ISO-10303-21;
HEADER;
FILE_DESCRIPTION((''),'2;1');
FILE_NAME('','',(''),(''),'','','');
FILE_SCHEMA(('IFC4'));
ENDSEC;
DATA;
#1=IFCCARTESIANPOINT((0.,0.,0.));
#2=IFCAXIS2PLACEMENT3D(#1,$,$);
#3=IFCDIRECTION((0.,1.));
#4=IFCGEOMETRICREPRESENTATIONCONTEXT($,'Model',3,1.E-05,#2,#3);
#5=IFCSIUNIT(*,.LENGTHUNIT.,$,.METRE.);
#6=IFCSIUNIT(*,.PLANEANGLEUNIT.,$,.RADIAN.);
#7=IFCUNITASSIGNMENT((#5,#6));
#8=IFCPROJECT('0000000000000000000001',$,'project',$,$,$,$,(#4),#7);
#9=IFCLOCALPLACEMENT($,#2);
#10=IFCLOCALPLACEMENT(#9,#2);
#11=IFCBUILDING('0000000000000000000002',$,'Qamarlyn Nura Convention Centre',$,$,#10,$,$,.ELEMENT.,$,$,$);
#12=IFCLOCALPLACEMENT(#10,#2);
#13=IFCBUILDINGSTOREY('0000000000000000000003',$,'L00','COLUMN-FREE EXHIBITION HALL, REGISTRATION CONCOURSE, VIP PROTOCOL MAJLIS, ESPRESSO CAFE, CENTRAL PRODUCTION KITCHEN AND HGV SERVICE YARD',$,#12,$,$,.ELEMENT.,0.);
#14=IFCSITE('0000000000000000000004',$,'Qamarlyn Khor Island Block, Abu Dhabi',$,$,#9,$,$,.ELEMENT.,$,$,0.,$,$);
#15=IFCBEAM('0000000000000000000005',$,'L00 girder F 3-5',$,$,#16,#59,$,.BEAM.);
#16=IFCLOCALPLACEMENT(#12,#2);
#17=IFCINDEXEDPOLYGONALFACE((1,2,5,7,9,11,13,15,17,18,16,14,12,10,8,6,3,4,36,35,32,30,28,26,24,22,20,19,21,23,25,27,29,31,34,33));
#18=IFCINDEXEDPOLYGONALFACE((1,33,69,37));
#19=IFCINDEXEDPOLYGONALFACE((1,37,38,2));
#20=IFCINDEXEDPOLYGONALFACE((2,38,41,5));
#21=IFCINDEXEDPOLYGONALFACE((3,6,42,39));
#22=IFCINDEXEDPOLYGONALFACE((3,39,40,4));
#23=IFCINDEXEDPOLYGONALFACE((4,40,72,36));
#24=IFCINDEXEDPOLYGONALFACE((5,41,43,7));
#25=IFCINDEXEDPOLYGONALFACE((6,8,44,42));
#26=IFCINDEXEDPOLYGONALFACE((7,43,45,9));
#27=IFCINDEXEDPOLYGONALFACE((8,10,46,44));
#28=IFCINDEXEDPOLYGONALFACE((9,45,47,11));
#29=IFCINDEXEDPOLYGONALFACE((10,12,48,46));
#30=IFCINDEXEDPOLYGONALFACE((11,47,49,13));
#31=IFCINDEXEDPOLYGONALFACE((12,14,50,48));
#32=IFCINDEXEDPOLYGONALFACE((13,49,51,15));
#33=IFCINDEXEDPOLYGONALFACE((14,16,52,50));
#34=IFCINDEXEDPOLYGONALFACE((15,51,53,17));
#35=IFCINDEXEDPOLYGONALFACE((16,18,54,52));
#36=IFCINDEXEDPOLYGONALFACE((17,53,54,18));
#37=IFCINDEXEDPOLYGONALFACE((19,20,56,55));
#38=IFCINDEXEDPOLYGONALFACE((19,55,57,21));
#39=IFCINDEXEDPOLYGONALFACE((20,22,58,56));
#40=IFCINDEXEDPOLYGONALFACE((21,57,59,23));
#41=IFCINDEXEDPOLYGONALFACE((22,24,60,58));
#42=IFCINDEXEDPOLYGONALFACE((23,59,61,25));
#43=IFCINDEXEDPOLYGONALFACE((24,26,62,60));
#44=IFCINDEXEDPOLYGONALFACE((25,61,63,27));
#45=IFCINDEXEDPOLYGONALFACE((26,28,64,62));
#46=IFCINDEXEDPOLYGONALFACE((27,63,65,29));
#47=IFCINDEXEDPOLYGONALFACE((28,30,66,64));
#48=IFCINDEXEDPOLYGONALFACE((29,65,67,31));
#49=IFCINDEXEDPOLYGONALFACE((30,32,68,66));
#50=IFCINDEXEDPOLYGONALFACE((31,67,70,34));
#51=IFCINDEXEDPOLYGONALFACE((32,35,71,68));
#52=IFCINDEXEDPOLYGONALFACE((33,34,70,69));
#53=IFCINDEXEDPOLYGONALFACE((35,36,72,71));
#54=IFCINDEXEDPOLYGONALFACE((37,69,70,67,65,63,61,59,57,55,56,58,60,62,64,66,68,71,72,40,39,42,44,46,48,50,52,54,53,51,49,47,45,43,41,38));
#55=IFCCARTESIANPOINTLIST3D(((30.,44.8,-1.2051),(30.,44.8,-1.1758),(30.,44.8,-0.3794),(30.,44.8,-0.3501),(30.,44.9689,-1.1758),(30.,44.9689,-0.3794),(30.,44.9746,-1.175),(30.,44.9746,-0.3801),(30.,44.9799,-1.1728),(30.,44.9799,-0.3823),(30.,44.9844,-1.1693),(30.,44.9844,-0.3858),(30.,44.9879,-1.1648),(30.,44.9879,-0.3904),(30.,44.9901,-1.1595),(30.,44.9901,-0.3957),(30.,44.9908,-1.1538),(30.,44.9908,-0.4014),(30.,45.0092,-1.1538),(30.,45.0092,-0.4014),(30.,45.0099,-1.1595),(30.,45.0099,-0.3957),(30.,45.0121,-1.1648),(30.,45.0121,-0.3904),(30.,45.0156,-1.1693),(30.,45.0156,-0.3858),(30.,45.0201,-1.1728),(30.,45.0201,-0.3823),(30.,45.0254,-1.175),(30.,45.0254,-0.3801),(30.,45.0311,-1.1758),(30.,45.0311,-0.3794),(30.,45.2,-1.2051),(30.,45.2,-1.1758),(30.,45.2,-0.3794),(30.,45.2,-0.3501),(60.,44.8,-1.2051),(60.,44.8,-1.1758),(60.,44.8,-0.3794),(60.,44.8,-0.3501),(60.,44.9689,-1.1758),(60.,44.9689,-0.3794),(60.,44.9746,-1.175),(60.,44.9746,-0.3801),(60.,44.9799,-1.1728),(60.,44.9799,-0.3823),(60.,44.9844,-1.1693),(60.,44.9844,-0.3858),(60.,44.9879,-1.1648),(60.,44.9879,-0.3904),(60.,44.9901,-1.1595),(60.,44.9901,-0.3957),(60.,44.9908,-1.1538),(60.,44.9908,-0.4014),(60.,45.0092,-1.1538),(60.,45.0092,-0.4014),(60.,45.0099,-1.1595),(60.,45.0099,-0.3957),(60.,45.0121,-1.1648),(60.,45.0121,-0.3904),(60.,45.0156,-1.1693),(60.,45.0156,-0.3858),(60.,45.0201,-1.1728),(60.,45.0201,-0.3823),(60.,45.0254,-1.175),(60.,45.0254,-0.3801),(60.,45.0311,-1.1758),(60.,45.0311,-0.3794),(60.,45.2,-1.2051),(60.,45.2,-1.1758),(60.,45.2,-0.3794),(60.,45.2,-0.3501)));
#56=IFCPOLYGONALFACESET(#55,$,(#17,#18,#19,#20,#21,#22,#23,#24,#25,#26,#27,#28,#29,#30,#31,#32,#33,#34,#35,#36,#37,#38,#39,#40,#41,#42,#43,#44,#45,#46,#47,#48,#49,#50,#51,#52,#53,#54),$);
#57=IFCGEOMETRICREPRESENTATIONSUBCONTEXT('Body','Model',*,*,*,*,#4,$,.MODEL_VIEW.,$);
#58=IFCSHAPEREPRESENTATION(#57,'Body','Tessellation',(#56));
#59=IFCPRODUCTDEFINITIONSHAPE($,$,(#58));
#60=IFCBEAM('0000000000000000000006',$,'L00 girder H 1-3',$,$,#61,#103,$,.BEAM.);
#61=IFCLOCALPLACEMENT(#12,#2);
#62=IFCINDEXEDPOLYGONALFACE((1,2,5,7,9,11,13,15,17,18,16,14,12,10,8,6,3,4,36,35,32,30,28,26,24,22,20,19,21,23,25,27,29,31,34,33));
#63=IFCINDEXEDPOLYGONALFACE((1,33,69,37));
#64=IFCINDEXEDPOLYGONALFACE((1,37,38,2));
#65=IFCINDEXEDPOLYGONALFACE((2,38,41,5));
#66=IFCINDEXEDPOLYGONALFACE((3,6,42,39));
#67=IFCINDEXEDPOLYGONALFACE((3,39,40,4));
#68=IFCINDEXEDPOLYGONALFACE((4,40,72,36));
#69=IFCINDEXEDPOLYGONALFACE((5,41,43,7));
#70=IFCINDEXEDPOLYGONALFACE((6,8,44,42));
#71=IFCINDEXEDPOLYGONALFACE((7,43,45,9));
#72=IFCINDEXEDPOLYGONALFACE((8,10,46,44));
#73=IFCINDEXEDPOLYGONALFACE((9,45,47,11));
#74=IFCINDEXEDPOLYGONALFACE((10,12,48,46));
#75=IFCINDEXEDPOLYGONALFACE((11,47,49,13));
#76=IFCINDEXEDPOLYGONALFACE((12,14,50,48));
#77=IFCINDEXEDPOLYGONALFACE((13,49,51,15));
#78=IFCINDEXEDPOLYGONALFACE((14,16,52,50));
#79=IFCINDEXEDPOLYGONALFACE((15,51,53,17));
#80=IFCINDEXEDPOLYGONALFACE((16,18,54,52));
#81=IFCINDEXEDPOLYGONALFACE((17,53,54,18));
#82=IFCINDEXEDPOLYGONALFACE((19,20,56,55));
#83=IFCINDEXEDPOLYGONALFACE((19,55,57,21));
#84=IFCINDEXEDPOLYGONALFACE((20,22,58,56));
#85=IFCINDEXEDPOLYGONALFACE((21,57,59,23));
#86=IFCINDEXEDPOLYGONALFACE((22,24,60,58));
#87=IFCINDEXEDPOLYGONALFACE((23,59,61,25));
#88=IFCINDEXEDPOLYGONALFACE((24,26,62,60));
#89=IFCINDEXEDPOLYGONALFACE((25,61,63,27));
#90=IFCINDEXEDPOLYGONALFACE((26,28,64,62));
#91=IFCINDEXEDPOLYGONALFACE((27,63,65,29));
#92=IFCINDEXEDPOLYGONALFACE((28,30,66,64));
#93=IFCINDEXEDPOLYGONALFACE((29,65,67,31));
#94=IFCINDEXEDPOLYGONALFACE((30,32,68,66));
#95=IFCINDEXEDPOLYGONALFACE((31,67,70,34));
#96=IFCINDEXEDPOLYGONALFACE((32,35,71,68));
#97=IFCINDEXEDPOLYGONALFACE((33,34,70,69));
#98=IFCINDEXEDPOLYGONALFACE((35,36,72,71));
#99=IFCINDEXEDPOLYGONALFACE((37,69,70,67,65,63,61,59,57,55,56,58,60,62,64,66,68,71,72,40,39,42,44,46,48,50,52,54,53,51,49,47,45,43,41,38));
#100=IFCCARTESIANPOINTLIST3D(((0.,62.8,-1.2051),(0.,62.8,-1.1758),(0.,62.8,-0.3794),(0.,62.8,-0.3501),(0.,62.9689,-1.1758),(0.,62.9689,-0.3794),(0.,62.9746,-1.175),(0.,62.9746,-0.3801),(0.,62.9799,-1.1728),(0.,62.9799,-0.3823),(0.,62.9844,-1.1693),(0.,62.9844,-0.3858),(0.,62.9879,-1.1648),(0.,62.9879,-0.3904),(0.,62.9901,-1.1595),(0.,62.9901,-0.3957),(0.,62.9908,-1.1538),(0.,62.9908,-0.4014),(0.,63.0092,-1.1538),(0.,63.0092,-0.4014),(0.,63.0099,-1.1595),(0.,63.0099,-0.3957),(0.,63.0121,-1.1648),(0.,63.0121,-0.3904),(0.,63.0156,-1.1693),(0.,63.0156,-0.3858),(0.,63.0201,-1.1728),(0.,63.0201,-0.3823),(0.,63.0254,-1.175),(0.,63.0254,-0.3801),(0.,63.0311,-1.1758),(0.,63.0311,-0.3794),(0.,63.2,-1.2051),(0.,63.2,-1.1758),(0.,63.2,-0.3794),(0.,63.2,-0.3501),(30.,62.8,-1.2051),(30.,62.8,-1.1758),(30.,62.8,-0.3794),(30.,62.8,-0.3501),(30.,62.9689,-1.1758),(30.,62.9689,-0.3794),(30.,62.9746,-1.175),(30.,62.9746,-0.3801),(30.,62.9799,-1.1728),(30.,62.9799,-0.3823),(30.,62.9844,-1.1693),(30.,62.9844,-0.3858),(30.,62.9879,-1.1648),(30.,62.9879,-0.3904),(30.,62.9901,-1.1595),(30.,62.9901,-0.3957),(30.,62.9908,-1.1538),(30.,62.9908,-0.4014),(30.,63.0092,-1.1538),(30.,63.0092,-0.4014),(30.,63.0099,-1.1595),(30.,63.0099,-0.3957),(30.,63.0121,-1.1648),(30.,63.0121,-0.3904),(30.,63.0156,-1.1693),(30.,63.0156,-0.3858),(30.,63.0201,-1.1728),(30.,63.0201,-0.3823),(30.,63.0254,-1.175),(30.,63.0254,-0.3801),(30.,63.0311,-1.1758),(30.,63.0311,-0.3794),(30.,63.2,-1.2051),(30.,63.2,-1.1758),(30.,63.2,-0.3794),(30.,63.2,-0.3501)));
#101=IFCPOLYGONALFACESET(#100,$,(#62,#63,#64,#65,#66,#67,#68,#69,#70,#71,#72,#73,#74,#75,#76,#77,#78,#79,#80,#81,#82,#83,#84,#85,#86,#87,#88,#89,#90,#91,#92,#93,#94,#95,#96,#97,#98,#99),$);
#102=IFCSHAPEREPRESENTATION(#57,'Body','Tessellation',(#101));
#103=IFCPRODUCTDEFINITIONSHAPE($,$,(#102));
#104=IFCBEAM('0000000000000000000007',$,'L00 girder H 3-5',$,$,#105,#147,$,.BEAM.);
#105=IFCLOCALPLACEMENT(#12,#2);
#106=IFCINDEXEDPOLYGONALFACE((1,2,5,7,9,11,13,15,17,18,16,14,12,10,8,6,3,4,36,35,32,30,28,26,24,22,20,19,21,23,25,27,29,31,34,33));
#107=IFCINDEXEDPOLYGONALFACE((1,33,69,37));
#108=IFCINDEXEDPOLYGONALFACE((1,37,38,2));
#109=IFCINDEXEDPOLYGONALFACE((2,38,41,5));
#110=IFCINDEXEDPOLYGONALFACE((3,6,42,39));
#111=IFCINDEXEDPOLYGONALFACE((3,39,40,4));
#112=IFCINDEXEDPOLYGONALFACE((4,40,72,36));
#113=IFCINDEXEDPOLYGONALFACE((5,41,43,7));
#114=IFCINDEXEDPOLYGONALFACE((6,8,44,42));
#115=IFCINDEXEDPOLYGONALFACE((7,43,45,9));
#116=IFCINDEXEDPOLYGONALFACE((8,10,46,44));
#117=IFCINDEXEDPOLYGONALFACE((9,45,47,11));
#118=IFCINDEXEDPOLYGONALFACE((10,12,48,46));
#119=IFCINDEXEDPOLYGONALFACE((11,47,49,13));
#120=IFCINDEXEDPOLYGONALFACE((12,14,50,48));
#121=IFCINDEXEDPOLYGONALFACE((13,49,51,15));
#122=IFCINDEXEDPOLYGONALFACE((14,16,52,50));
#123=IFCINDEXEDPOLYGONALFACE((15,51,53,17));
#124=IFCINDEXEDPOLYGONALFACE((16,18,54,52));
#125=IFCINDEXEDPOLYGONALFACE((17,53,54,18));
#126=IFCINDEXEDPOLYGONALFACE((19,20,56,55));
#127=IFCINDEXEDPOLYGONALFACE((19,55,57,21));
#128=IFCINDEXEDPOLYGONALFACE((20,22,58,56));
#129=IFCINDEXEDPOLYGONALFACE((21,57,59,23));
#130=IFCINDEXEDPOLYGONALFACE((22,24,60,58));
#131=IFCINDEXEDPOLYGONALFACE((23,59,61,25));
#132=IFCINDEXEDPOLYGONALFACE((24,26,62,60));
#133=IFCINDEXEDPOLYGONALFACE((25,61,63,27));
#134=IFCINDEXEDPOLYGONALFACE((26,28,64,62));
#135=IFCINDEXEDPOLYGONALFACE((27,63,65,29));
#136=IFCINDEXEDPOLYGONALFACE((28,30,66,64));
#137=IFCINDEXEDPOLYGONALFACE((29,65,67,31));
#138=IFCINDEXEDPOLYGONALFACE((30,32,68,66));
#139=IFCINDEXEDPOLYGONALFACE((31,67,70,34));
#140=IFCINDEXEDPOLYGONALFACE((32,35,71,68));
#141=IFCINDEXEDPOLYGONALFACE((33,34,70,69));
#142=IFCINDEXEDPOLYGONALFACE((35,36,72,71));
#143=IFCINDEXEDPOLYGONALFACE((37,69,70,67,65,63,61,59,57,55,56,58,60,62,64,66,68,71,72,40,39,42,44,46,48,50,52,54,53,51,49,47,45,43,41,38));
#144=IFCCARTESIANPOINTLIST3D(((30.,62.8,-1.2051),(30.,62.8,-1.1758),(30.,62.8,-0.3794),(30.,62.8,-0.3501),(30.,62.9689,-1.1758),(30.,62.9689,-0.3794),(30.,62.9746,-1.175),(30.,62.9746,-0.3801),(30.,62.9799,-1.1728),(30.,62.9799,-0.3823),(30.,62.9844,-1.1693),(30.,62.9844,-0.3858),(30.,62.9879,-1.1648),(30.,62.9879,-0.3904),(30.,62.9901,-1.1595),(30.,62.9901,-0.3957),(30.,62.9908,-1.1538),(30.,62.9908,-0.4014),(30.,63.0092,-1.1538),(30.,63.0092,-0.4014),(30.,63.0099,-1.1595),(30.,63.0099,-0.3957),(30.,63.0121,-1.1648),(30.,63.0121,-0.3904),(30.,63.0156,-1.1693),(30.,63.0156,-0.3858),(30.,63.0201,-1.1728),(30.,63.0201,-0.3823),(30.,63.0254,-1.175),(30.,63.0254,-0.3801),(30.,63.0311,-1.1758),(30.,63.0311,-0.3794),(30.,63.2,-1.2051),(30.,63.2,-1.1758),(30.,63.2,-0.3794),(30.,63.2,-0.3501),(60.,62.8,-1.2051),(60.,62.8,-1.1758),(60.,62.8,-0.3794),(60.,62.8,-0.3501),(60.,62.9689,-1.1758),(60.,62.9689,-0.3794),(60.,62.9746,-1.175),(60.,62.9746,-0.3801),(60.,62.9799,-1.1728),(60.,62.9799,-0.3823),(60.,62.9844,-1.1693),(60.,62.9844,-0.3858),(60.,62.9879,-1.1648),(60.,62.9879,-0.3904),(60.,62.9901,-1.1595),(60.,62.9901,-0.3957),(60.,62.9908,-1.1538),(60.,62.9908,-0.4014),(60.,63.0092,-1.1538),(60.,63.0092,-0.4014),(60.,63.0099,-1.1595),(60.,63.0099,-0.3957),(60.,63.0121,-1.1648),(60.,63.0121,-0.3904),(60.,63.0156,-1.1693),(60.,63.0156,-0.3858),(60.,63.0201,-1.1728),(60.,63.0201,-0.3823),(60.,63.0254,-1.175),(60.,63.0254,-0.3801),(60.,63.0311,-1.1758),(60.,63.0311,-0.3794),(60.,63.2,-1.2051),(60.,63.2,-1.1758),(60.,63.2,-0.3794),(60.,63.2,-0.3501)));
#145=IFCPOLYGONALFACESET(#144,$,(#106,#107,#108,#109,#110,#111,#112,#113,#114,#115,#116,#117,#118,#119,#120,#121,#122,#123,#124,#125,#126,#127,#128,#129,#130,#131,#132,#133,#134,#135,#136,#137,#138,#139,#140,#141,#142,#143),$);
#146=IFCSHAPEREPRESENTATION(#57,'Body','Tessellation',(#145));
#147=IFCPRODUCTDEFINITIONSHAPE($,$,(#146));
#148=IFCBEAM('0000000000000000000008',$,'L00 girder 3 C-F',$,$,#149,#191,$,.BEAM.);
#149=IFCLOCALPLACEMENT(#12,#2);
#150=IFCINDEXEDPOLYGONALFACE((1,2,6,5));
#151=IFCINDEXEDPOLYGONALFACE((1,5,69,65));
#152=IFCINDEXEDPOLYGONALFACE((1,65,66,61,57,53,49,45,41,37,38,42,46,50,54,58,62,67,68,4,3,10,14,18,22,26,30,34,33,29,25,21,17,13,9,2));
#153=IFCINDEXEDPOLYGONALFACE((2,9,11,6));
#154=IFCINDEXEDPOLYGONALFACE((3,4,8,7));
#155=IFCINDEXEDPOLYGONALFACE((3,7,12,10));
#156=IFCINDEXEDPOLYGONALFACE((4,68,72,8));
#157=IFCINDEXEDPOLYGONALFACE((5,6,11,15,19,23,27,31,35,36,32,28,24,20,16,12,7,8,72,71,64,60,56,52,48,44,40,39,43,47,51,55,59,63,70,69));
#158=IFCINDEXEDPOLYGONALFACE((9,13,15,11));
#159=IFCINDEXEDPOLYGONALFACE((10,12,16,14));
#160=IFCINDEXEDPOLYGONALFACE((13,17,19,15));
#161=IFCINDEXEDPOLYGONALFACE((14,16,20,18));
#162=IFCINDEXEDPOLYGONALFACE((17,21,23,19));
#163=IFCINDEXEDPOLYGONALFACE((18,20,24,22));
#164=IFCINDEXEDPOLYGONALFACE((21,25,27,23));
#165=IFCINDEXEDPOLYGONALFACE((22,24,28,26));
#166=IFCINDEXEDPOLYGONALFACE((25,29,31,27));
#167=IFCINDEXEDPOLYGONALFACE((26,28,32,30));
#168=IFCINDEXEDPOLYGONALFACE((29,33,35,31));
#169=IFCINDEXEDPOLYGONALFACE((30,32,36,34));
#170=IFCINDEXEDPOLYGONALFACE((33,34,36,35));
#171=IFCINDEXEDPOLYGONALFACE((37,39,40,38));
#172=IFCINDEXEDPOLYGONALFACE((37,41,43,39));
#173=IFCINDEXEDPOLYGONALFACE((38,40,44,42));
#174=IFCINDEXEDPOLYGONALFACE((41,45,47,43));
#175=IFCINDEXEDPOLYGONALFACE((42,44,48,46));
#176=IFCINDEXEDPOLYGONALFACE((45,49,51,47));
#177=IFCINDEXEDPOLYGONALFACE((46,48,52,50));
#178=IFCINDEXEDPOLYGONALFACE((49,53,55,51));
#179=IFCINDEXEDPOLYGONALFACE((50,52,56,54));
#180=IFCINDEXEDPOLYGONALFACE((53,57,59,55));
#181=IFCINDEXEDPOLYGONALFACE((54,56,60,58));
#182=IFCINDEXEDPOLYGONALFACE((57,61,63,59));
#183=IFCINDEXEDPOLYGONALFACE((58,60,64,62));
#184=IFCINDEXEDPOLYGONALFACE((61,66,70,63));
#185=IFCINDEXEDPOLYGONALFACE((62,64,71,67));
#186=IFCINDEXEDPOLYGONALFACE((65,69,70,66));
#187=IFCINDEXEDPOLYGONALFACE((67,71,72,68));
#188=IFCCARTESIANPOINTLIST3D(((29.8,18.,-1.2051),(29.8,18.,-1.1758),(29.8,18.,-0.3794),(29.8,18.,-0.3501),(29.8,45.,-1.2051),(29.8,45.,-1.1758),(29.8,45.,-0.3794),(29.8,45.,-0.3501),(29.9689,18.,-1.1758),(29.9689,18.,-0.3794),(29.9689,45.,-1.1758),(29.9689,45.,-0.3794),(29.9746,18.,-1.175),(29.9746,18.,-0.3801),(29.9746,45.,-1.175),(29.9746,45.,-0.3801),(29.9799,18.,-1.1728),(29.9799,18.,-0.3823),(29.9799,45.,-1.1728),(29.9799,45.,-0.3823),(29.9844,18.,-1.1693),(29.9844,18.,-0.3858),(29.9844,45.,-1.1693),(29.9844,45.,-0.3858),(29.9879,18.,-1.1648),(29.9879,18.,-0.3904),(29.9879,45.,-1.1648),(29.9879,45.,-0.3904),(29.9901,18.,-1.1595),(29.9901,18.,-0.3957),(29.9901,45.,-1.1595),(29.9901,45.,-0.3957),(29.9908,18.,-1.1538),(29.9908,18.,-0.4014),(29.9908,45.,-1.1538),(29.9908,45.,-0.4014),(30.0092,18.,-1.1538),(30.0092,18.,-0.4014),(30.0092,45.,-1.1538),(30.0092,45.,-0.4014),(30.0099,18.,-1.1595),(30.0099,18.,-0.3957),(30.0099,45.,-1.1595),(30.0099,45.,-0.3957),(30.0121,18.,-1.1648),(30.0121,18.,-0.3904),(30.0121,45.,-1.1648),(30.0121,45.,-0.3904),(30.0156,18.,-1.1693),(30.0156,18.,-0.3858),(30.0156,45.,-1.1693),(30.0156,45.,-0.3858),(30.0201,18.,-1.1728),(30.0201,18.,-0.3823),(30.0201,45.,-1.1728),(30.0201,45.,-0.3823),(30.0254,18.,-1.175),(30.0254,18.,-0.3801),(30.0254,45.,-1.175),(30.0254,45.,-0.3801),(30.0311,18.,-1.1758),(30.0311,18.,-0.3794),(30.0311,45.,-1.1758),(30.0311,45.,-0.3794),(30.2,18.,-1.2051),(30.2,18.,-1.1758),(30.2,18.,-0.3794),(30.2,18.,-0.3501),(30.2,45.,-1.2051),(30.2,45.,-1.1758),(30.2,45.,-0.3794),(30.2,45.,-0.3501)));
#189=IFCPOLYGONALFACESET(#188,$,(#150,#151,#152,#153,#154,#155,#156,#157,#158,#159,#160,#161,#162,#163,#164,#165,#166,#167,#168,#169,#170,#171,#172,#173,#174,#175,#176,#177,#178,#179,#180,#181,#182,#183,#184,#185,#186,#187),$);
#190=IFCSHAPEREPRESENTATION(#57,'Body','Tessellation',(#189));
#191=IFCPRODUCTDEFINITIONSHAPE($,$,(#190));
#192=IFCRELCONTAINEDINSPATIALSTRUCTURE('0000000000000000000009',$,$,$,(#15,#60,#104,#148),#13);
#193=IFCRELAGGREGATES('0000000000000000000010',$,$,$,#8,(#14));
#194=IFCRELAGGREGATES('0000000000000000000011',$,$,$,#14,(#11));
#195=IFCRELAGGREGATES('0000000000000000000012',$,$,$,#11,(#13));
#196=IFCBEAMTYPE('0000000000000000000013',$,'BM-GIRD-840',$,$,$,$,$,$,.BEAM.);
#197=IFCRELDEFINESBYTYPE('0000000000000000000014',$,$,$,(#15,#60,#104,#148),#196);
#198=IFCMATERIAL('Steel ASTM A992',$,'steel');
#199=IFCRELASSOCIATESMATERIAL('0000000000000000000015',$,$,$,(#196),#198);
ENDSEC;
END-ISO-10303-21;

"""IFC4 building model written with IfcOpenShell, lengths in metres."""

from ifc_helpers import new_model, si_unit, direction, frame, origin, origin_2d, place, context, subcontext, project, spatial, i_section, extrude, material, material_profile, profile_set, type_object, element, save


model = new_model("IFC4")

# Units and contexts
model_context = context("Model", 3, precision=1e-05, world=origin(), true_north=direction((0.0, 1.0)))
body_context = subcontext(model_context, "Body", "Model", "MODEL_VIEW")
ifc_project = project(units=[si_unit("LENGTHUNIT", "METRE"), si_unit("PLANEANGLEUNIT", "RADIAN")], contexts=[model_context])

# Site, building, storey
site_placement = place(None, origin())
site = spatial("IfcSite", under=ifc_project, at=site_placement, Name="Qamarlyn Khor Island Block, Abu Dhabi", CompositionType="ELEMENT", RefElevation=0.0)
building_placement = place(site_placement, origin())
building = spatial("IfcBuilding", under=site, at=building_placement, Name="Qamarlyn Nura Convention Centre", CompositionType="ELEMENT")
storey_placement = place(building_placement, origin())
storey = spatial("IfcBuildingStorey", under=building, at=storey_placement, Name="L00", Description="COLUMN-FREE EXHIBITION HALL, REGISTRATION CONCOURSE, VIP PROTOCOL MAJLIS, ESPRESSO CAFE, CENTRAL PRODUCTION KITCHEN AND HGV SERVICE YARD", CompositionType="ELEMENT", Elevation=0.0)

# Shared definitions
ifc_material_1 = material(Name="Steel ASTM A992", Category="steel")

# Beams
ifc_material_profile_1 = material_profile(ifc_material_1, i_section(OverallWidth=0.3999, OverallDepth=0.855, WebThickness=0.0183, FlangeThickness=0.0293, FilletRadius=0.022, at=origin_2d()), Name="W840X299")
ifc_profile_set_1 = profile_set([ifc_material_profile_1], Name="Steel ASTM A992")
beam_type_1 = type_object("IfcBeamType", Name="BM-GIRD-840", PredefinedType="BEAM", material=ifc_profile_set_1)
for number, where, z_axis, x_axis, name in (
    (1, (30.0, 45.0, -0.7776), (1.0, 0.0, 0.0), (0.0, 1.0, 0.0), "L00 girder F 3-5"),
    (2, (0.0, 63.0, -0.7776), (1.0, 0.0, 0.0), (0.0, 1.0, 0.0), "L00 girder H 1-3"),
    (3, (30.0, 63.0, -0.7776), (1.0, 0.0, 0.0), (0.0, 1.0, 0.0), "L00 girder H 3-5"),
):
    element("IfcBeam", number, at=place(storey_placement, frame(where, z_axis=z_axis, x_axis=x_axis)), inside=storey, type_object=beam_type_1, Name=name, PredefinedType="BEAM", context=body_context, shape_type="SweptSolid", body=[
        extrude(i_section(OverallWidth=0.3999, OverallDepth=0.855, WebThickness=0.0183, FlangeThickness=0.0293, FilletRadius=0.022, at=origin_2d()), origin(), (0.0, 0.0, 1.0), 30.0),
    ])
beam_1_placement = place(storey_placement, frame((30.0, 18.0, -0.7776), z_axis=(0.0, 1.0, 0.0), x_axis=(-1.0, 0.0, 0.0)))
element("IfcBeam", 4, at=beam_1_placement, inside=storey, type_object=beam_type_1, Name="L00 girder 3 C-F", PredefinedType="BEAM", context=body_context, shape_type="SweptSolid", body=[
    extrude(i_section(OverallWidth=0.3999, OverallDepth=0.855, WebThickness=0.0183, FlangeThickness=0.0293, FilletRadius=0.022, at=origin_2d()), origin(), (0.0, 0.0, 1.0), 27.0),
])

save(model, "model.ifc")
